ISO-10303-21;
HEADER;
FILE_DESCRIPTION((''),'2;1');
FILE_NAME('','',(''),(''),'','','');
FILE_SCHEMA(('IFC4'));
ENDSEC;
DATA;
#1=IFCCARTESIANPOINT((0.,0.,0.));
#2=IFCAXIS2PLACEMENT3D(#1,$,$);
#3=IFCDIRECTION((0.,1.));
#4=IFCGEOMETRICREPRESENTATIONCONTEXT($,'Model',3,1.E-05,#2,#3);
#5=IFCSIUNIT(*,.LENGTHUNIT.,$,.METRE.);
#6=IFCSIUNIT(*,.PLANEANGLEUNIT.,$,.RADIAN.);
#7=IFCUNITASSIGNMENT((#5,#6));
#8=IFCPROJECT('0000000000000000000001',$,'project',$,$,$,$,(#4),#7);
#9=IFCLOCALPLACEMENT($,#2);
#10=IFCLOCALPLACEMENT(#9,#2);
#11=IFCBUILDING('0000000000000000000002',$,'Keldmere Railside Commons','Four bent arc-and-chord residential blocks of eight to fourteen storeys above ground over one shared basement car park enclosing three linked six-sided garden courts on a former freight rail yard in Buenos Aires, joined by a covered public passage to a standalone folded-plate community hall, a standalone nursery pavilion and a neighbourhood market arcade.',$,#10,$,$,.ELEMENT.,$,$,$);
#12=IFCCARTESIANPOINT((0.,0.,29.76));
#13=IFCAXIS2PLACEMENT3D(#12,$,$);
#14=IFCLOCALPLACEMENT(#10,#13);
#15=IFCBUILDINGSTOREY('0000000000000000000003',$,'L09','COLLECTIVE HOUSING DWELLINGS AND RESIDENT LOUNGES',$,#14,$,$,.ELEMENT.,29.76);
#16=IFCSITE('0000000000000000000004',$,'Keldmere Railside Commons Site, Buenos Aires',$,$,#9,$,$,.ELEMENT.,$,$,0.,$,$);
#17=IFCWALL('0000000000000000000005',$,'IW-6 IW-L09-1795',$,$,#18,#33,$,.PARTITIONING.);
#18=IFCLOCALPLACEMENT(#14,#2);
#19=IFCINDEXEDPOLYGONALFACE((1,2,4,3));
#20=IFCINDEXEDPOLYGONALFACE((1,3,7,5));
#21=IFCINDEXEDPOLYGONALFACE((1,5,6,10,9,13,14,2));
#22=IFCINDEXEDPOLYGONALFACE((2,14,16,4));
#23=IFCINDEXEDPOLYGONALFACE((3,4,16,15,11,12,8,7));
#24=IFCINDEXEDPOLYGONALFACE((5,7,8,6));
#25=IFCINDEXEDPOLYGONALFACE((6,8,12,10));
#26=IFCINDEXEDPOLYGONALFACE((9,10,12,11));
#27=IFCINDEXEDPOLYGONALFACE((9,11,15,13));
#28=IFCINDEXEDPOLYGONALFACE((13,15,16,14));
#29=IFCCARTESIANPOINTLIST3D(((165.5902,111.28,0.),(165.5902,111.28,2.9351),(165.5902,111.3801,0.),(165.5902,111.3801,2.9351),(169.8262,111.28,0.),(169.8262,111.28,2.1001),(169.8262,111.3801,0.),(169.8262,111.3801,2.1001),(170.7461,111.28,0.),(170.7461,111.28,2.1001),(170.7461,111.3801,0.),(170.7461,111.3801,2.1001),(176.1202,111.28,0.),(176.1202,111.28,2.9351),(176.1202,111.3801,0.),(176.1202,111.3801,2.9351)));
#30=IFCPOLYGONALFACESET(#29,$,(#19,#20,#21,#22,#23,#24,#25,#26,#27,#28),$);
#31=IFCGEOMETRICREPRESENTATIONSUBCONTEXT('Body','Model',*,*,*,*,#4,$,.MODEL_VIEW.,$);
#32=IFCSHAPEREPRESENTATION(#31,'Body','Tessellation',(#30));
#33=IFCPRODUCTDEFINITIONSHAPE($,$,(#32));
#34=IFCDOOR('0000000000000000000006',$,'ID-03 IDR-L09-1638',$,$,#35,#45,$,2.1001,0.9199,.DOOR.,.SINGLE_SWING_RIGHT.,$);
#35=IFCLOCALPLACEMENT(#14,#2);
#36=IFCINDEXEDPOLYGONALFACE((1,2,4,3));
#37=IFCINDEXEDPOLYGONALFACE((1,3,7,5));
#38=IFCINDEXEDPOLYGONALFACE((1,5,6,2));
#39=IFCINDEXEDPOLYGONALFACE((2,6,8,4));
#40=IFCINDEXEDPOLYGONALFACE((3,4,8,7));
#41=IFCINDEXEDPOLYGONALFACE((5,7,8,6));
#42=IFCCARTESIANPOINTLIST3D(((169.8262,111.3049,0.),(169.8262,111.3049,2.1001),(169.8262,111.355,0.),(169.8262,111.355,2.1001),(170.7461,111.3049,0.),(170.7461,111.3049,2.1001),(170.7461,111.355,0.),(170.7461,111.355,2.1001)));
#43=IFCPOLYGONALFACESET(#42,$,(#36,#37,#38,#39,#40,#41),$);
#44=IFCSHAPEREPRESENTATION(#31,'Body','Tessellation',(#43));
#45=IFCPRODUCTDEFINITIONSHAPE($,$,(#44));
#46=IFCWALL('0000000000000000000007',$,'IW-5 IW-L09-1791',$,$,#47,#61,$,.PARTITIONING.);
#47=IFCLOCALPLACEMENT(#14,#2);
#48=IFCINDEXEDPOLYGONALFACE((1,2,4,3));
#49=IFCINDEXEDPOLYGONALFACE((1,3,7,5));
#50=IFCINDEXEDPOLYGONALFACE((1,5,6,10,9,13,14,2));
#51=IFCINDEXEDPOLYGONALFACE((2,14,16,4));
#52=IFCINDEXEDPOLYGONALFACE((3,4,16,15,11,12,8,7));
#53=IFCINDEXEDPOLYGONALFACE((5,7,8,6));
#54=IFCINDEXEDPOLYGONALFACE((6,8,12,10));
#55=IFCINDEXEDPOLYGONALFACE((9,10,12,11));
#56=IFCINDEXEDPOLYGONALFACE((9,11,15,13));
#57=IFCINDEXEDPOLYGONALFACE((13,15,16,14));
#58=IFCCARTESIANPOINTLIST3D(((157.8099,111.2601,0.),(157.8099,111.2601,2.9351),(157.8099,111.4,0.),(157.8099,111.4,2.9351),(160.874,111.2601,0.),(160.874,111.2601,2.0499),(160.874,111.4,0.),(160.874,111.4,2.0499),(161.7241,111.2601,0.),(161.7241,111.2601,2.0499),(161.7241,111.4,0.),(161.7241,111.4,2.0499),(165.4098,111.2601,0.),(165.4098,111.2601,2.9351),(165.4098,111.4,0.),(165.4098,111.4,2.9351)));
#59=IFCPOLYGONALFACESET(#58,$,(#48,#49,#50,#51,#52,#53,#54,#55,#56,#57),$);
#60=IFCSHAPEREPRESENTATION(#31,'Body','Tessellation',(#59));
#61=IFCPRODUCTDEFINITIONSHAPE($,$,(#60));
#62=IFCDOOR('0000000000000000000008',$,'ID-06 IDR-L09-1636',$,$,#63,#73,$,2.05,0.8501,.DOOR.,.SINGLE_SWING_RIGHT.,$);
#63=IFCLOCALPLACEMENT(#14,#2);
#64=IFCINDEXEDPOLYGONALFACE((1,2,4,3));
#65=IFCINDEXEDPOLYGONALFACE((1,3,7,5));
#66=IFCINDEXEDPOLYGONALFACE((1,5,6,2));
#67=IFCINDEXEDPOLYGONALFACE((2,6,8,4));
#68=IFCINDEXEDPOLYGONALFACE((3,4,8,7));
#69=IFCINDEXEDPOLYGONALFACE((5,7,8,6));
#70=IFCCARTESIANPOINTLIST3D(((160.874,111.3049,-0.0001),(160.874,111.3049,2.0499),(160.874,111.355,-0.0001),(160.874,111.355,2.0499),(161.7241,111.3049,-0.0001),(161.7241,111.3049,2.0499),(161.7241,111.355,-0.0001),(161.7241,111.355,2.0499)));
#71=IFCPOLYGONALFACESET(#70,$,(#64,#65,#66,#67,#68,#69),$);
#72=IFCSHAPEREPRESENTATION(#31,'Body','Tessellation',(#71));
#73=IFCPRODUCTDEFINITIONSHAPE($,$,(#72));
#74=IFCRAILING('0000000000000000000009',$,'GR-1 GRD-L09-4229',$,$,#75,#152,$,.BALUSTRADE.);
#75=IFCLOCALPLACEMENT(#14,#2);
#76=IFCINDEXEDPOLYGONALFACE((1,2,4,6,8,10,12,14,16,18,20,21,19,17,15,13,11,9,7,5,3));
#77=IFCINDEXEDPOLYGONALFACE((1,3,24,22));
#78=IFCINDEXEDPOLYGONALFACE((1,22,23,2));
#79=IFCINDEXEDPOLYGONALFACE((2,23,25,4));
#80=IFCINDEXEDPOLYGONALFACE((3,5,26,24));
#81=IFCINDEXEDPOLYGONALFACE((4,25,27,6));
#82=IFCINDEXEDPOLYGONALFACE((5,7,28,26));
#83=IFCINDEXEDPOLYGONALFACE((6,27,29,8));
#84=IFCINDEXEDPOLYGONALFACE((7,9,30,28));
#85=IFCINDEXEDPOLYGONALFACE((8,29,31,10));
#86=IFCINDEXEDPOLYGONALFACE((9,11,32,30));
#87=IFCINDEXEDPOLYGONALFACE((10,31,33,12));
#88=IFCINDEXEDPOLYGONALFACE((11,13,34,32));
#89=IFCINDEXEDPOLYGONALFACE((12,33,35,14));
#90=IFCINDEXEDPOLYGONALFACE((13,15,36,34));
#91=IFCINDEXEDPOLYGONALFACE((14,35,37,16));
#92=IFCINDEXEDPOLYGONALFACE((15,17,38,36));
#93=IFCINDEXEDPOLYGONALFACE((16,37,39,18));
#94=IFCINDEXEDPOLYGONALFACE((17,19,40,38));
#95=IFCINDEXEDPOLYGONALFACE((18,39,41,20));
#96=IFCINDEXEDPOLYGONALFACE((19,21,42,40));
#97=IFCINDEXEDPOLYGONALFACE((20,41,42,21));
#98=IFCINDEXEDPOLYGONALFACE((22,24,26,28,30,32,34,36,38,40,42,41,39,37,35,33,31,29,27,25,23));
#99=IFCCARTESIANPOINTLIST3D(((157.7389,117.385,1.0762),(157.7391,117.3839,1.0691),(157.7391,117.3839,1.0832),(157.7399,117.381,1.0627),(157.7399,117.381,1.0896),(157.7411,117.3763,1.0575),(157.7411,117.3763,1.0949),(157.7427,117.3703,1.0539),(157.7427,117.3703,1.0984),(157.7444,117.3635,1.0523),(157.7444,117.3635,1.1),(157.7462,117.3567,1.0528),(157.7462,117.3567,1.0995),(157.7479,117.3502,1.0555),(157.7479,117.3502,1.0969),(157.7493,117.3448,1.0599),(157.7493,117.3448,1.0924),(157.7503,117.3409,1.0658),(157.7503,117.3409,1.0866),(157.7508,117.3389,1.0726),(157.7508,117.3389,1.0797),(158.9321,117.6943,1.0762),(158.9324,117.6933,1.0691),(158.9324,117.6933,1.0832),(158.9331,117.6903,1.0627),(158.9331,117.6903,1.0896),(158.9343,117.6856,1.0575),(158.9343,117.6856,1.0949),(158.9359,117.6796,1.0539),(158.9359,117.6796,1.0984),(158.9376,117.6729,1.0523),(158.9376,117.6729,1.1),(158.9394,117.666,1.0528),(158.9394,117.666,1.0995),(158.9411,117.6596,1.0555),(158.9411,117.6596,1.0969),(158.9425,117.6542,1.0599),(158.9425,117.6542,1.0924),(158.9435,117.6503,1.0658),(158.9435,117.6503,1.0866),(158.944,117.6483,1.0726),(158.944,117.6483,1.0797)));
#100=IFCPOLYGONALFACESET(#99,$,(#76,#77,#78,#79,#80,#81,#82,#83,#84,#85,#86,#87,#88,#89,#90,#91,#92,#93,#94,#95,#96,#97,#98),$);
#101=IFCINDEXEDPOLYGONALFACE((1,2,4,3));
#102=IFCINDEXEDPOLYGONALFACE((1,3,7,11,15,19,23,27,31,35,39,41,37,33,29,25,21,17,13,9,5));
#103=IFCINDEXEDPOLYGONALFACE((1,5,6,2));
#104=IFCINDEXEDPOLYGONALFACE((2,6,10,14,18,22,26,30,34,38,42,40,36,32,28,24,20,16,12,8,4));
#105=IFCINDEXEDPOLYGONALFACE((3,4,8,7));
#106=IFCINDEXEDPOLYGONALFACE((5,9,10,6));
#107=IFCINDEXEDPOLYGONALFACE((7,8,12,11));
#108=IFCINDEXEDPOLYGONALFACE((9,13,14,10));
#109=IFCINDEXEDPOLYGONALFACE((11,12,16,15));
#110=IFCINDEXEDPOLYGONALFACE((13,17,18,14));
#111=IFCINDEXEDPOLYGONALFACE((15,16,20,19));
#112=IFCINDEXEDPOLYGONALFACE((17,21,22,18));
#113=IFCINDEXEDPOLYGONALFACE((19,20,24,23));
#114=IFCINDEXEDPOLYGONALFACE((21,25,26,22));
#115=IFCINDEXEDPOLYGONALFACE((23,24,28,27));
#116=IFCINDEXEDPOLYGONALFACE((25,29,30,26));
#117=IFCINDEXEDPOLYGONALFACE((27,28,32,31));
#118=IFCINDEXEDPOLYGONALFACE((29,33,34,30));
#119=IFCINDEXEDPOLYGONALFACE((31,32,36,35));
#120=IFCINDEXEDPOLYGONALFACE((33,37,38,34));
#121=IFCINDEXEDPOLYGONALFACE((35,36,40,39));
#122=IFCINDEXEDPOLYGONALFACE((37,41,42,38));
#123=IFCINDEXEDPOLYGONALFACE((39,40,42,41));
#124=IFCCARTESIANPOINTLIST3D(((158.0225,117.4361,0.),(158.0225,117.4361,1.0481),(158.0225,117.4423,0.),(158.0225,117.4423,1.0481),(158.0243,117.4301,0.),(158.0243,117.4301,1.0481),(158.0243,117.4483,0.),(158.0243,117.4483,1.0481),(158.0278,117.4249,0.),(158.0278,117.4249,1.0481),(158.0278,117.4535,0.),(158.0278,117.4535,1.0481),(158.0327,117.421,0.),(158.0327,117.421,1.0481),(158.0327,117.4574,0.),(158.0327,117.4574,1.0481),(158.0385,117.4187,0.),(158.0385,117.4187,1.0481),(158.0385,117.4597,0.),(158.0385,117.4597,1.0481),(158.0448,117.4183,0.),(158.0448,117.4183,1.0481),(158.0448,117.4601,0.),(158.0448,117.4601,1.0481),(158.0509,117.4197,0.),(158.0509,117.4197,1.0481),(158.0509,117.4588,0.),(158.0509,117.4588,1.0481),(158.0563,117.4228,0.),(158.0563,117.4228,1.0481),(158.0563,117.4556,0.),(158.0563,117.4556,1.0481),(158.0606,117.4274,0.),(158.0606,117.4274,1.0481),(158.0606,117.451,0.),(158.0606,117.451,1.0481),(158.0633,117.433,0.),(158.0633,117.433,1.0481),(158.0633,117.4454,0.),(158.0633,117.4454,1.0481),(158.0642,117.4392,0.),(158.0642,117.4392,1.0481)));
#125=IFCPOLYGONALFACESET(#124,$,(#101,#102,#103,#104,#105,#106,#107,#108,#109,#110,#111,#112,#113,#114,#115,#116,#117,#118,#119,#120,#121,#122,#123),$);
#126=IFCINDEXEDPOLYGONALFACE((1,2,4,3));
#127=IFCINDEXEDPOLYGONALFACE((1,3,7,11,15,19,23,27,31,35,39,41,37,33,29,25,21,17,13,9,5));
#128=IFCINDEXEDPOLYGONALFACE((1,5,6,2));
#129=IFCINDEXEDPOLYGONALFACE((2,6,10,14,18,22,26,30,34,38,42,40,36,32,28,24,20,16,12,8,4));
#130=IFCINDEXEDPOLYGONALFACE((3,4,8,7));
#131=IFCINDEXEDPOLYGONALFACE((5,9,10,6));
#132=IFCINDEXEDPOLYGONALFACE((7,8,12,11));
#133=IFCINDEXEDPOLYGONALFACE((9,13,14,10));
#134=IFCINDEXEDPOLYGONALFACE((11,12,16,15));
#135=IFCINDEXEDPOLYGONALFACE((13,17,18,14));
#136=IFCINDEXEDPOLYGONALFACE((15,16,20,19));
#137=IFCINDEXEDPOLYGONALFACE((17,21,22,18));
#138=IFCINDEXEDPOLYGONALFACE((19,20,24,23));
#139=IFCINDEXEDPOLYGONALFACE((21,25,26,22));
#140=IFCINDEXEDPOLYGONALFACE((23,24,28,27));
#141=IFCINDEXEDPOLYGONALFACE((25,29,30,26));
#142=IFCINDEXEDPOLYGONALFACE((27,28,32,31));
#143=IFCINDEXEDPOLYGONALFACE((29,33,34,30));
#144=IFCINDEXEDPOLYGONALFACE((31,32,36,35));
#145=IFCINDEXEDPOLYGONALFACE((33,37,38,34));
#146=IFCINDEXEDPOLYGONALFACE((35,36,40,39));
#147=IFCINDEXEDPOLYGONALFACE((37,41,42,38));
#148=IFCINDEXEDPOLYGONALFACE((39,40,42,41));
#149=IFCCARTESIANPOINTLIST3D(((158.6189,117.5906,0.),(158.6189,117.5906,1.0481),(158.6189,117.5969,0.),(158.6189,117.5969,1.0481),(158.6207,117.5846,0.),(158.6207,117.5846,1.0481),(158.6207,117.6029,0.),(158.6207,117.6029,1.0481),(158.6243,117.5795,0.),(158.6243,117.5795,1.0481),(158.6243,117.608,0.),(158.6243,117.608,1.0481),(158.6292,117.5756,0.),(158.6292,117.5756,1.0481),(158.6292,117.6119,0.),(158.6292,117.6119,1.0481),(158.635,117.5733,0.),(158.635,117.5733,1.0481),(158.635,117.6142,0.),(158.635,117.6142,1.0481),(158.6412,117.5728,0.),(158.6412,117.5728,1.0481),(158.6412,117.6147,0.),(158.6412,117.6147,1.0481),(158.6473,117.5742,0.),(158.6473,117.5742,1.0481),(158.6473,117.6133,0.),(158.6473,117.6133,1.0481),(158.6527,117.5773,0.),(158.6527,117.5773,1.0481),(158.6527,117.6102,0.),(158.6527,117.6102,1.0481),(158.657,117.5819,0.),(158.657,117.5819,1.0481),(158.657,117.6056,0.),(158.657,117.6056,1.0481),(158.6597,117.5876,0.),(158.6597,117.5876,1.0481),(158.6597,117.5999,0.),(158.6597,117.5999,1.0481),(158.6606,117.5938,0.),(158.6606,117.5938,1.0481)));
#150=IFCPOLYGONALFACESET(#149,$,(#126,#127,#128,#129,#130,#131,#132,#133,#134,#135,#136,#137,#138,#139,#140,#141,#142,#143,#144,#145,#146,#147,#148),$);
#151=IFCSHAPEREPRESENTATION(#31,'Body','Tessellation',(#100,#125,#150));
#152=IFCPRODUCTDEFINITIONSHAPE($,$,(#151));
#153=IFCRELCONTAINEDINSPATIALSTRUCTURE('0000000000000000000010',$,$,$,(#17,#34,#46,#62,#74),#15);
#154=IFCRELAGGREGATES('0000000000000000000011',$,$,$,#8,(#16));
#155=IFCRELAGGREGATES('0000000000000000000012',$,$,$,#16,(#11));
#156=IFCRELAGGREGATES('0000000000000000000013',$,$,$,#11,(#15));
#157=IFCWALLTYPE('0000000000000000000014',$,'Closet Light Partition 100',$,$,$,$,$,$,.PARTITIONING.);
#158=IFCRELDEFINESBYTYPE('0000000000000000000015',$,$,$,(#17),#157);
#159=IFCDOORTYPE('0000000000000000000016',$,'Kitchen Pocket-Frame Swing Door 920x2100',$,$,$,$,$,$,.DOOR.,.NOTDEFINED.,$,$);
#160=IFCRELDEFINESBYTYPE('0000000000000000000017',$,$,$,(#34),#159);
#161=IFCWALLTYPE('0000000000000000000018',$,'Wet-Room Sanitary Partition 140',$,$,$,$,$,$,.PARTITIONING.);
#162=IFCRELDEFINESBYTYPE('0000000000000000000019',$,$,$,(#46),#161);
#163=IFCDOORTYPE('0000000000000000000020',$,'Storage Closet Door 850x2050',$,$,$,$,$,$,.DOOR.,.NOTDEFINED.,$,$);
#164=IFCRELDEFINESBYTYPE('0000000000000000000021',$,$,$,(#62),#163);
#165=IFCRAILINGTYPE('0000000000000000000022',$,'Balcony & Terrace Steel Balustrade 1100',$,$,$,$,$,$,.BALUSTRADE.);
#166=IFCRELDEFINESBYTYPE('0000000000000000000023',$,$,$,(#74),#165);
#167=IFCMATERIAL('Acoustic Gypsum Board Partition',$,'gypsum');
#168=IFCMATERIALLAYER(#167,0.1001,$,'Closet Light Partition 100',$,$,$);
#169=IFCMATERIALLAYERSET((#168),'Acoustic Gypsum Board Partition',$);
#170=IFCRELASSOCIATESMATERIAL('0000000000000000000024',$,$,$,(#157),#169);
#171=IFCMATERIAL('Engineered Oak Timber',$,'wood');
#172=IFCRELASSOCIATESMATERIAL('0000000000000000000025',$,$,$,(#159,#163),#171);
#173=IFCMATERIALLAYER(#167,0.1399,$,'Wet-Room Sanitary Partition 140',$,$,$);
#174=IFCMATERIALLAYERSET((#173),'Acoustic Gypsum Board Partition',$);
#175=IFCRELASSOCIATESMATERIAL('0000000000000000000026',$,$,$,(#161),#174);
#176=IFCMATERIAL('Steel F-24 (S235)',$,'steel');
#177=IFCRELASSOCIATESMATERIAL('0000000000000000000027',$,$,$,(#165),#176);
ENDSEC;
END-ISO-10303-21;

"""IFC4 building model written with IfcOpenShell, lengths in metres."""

from ifc_helpers import new_model, si_unit, direction, frame, frame_2d, origin, origin_2d, place, context, subcontext, project, spatial, rectangle, circle, extrude, material, layer, layer_set, type_object, element, fill, save


model = new_model("IFC4")

# Units and contexts
model_context = context("Model", 3, precision=1e-05, world=origin(), true_north=direction((0.0, 1.0)))
body_context = subcontext(model_context, "Body", "Model", "MODEL_VIEW")
ifc_project = project(units=[si_unit("LENGTHUNIT", "METRE"), si_unit("PLANEANGLEUNIT", "RADIAN")], contexts=[model_context])

# Site, building, storey
site_placement = place(None, origin())
site = spatial("IfcSite", under=ifc_project, at=site_placement, Name="Keldmere Railside Commons Site, Buenos Aires", CompositionType="ELEMENT", RefElevation=0.0)
building_placement = place(site_placement, origin())
building = spatial("IfcBuilding", under=site, at=building_placement, Name="Keldmere Railside Commons", Description="Four bent arc-and-chord residential blocks of eight to fourteen storeys above ground over one shared basement car park enclosing three linked six-sided garden courts on a former freight rail yard in Buenos Aires, joined by a covered public passage to a standalone folded-plate community hall, a standalone nursery pavilion and a neighbourhood market arcade.", CompositionType="ELEMENT")
storey_placement = place(building_placement, frame((0.0, 0.0, 29.76)))
storey = spatial("IfcBuildingStorey", under=building, at=storey_placement, Name="L09", Description="COLLECTIVE HOUSING DWELLINGS AND RESIDENT LOUNGES", CompositionType="ELEMENT", Elevation=29.76)

# Shared definitions
ifc_material_1 = material(Name="Acoustic Gypsum Board Partition", Category="gypsum")

# Shared definitions
ifc_material_2 = material(Name="Engineered Oak Timber", Category="wood")

# Walls, openings, doors
ifc_layer_1 = layer(ifc_material_1, 0.1001, Name="Closet Light Partition 100")
ifc_layer_set_1 = layer_set([ifc_layer_1], Name="Acoustic Gypsum Board Partition")
wall_type_1 = type_object("IfcWallType", Name="Closet Light Partition 100", PredefinedType="PARTITIONING", material=ifc_layer_set_1)
wall_1_placement = place(storey_placement, frame((165.5901, 111.3301, 0.0), z_axis=(0.0, 0.0, 1.0), x_axis=(1.0, 0.0, 0.0)))
wall_1 = element("IfcWall", 1, at=wall_1_placement, inside=storey, type_object=wall_type_1, Name="IW-6 IW-L09-1795", PredefinedType="PARTITIONING", context=body_context, shape_type="SweptSolid", body=[
    extrude(rectangle(XDim=10.53, YDim=0.1001, at=frame_2d((5.2651, 0.0))), origin(), (0.0, 0.0, 1.0), 2.9351),
])
opening_1_placement = place(wall_1_placement, frame((4.2361, 0.0, 0.0)))
opening_1 = element("IfcOpeningElement", 2, at=opening_1_placement, cuts=wall_1, PredefinedType="OPENING", context=body_context, shape_type="SweptSolid", body=[
    extrude(rectangle(XDim=0.9199, YDim=2.1001, at=frame_2d((0.46, 1.05))), frame((0.0, 0.0601, 0.0), z_axis=(0.0, -1.0, 0.0), x_axis=(1.0, 0.0, 0.0)), (0.0, 0.0, 1.0), 0.1201),
])
door_type_1 = type_object("IfcDoorType", Name="Kitchen Pocket-Frame Swing Door 920x2100", OperationType="NOTDEFINED", PredefinedType="DOOR", material=ifc_material_2)
door_1_placement = place(opening_1_placement, origin())
door_1 = element("IfcDoor", 3, at=door_1_placement, inside=storey, type_object=door_type_1, Name="ID-03 IDR-L09-1638", OperationType="SINGLE_SWING_RIGHT", OverallHeight=2.1001, OverallWidth=0.9199, PredefinedType="DOOR", context=body_context, shape_type="SweptSolid", body=[
    extrude(rectangle(XDim=0.9199, YDim=2.1001, at=frame_2d((0.46, 1.05))), frame((0.0, 0.0249, 0.0), z_axis=(0.0, -1.0, 0.0), x_axis=(1.0, 0.0, 0.0)), (0.0, 0.0, 1.0), 0.05),
])
fill(opening_1, door_1)
ifc_layer_2 = layer(ifc_material_1, 0.1399, Name="Wet-Room Sanitary Partition 140")
ifc_layer_set_2 = layer_set([ifc_layer_2], Name="Acoustic Gypsum Board Partition")
wall_type_2 = type_object("IfcWallType", Name="Wet-Room Sanitary Partition 140", PredefinedType="PARTITIONING", material=ifc_layer_set_2)
wall_2_placement = place(storey_placement, frame((157.8101, 111.3301, 0.0), z_axis=(0.0, 0.0, 1.0), x_axis=(1.0, 0.0, 0.0)))
wall_2 = element("IfcWall", 4, at=wall_2_placement, inside=storey, type_object=wall_type_2, Name="IW-5 IW-L09-1791", PredefinedType="PARTITIONING", context=body_context, shape_type="SweptSolid", body=[
    extrude(rectangle(XDim=7.5999, YDim=0.1399, at=frame_2d((3.7998, 0.0))), origin(), (0.0, 0.0, 1.0), 2.9351),
])
opening_2_placement = place(wall_2_placement, frame((3.064, 0.0, 0.0)))
opening_2 = element("IfcOpeningElement", 5, at=opening_2_placement, cuts=wall_2, PredefinedType="OPENING", context=body_context, shape_type="SweptSolid", body=[
    extrude(rectangle(XDim=0.8501, YDim=2.05, at=frame_2d((0.425, 1.0249))), frame((0.0, 0.0798, 0.0), z_axis=(0.0, -1.0, 0.0), x_axis=(1.0, 0.0, 0.0)), (0.0, 0.0, 1.0), 0.1599),
])
door_type_2 = type_object("IfcDoorType", Name="Storage Closet Door 850x2050", OperationType="NOTDEFINED", PredefinedType="DOOR", material=ifc_material_2)
door_2_placement = place(opening_2_placement, origin())
door_2 = element("IfcDoor", 6, at=door_2_placement, inside=storey, type_object=door_type_2, Name="ID-06 IDR-L09-1636", OperationType="SINGLE_SWING_RIGHT", OverallHeight=2.05, OverallWidth=0.8501, PredefinedType="DOOR", context=body_context, shape_type="SweptSolid", body=[
    extrude(rectangle(XDim=0.8501, YDim=2.05, at=frame_2d((0.425, 1.0249))), frame((0.0, 0.0249, 0.0), z_axis=(0.0, -1.0, 0.0), x_axis=(1.0, 0.0, 0.0)), (0.0, 0.0, 1.0), 0.05),
])
fill(opening_2, door_2)

# Railing
ifc_material_3 = material(Name="Steel F-24 (S235)", Category="steel")
railing_type = type_object("IfcRailingType", Name="Balcony & Terrace Steel Balustrade 1100", PredefinedType="BALUSTRADE", material=ifc_material_3)
railing_1_placement = place(storey_placement, frame((157.7449, 117.3618, 0.0)))
element("IfcRailing", 7, at=railing_1_placement, inside=storey, type_object=railing_type, Name="GR-1 GRD-L09-4229", PredefinedType="BALUSTRADE", context=body_context, shape_type="SweptSolid", body=[
    extrude(circle(Radius=0.0239, at=origin_2d()), frame((0.0, 0.0, 1.0762), z_axis=(0.967997, 0.250962, 0.0), x_axis=(-0.250962, 0.967997, 0.0)), (0.0, 0.0, 1.0), 1.2327),
    extrude(circle(Radius=0.021, at=origin_2d()), frame((0.2983, 0.0774, 0.0)), (0.0, 0.0, 1.0), 1.0481),
    extrude(circle(Radius=0.021, at=origin_2d()), frame((0.8948, 0.2319, 0.0)), (0.0, 0.0, 1.0), 1.0481),
])

save(model, "model.ifc")
